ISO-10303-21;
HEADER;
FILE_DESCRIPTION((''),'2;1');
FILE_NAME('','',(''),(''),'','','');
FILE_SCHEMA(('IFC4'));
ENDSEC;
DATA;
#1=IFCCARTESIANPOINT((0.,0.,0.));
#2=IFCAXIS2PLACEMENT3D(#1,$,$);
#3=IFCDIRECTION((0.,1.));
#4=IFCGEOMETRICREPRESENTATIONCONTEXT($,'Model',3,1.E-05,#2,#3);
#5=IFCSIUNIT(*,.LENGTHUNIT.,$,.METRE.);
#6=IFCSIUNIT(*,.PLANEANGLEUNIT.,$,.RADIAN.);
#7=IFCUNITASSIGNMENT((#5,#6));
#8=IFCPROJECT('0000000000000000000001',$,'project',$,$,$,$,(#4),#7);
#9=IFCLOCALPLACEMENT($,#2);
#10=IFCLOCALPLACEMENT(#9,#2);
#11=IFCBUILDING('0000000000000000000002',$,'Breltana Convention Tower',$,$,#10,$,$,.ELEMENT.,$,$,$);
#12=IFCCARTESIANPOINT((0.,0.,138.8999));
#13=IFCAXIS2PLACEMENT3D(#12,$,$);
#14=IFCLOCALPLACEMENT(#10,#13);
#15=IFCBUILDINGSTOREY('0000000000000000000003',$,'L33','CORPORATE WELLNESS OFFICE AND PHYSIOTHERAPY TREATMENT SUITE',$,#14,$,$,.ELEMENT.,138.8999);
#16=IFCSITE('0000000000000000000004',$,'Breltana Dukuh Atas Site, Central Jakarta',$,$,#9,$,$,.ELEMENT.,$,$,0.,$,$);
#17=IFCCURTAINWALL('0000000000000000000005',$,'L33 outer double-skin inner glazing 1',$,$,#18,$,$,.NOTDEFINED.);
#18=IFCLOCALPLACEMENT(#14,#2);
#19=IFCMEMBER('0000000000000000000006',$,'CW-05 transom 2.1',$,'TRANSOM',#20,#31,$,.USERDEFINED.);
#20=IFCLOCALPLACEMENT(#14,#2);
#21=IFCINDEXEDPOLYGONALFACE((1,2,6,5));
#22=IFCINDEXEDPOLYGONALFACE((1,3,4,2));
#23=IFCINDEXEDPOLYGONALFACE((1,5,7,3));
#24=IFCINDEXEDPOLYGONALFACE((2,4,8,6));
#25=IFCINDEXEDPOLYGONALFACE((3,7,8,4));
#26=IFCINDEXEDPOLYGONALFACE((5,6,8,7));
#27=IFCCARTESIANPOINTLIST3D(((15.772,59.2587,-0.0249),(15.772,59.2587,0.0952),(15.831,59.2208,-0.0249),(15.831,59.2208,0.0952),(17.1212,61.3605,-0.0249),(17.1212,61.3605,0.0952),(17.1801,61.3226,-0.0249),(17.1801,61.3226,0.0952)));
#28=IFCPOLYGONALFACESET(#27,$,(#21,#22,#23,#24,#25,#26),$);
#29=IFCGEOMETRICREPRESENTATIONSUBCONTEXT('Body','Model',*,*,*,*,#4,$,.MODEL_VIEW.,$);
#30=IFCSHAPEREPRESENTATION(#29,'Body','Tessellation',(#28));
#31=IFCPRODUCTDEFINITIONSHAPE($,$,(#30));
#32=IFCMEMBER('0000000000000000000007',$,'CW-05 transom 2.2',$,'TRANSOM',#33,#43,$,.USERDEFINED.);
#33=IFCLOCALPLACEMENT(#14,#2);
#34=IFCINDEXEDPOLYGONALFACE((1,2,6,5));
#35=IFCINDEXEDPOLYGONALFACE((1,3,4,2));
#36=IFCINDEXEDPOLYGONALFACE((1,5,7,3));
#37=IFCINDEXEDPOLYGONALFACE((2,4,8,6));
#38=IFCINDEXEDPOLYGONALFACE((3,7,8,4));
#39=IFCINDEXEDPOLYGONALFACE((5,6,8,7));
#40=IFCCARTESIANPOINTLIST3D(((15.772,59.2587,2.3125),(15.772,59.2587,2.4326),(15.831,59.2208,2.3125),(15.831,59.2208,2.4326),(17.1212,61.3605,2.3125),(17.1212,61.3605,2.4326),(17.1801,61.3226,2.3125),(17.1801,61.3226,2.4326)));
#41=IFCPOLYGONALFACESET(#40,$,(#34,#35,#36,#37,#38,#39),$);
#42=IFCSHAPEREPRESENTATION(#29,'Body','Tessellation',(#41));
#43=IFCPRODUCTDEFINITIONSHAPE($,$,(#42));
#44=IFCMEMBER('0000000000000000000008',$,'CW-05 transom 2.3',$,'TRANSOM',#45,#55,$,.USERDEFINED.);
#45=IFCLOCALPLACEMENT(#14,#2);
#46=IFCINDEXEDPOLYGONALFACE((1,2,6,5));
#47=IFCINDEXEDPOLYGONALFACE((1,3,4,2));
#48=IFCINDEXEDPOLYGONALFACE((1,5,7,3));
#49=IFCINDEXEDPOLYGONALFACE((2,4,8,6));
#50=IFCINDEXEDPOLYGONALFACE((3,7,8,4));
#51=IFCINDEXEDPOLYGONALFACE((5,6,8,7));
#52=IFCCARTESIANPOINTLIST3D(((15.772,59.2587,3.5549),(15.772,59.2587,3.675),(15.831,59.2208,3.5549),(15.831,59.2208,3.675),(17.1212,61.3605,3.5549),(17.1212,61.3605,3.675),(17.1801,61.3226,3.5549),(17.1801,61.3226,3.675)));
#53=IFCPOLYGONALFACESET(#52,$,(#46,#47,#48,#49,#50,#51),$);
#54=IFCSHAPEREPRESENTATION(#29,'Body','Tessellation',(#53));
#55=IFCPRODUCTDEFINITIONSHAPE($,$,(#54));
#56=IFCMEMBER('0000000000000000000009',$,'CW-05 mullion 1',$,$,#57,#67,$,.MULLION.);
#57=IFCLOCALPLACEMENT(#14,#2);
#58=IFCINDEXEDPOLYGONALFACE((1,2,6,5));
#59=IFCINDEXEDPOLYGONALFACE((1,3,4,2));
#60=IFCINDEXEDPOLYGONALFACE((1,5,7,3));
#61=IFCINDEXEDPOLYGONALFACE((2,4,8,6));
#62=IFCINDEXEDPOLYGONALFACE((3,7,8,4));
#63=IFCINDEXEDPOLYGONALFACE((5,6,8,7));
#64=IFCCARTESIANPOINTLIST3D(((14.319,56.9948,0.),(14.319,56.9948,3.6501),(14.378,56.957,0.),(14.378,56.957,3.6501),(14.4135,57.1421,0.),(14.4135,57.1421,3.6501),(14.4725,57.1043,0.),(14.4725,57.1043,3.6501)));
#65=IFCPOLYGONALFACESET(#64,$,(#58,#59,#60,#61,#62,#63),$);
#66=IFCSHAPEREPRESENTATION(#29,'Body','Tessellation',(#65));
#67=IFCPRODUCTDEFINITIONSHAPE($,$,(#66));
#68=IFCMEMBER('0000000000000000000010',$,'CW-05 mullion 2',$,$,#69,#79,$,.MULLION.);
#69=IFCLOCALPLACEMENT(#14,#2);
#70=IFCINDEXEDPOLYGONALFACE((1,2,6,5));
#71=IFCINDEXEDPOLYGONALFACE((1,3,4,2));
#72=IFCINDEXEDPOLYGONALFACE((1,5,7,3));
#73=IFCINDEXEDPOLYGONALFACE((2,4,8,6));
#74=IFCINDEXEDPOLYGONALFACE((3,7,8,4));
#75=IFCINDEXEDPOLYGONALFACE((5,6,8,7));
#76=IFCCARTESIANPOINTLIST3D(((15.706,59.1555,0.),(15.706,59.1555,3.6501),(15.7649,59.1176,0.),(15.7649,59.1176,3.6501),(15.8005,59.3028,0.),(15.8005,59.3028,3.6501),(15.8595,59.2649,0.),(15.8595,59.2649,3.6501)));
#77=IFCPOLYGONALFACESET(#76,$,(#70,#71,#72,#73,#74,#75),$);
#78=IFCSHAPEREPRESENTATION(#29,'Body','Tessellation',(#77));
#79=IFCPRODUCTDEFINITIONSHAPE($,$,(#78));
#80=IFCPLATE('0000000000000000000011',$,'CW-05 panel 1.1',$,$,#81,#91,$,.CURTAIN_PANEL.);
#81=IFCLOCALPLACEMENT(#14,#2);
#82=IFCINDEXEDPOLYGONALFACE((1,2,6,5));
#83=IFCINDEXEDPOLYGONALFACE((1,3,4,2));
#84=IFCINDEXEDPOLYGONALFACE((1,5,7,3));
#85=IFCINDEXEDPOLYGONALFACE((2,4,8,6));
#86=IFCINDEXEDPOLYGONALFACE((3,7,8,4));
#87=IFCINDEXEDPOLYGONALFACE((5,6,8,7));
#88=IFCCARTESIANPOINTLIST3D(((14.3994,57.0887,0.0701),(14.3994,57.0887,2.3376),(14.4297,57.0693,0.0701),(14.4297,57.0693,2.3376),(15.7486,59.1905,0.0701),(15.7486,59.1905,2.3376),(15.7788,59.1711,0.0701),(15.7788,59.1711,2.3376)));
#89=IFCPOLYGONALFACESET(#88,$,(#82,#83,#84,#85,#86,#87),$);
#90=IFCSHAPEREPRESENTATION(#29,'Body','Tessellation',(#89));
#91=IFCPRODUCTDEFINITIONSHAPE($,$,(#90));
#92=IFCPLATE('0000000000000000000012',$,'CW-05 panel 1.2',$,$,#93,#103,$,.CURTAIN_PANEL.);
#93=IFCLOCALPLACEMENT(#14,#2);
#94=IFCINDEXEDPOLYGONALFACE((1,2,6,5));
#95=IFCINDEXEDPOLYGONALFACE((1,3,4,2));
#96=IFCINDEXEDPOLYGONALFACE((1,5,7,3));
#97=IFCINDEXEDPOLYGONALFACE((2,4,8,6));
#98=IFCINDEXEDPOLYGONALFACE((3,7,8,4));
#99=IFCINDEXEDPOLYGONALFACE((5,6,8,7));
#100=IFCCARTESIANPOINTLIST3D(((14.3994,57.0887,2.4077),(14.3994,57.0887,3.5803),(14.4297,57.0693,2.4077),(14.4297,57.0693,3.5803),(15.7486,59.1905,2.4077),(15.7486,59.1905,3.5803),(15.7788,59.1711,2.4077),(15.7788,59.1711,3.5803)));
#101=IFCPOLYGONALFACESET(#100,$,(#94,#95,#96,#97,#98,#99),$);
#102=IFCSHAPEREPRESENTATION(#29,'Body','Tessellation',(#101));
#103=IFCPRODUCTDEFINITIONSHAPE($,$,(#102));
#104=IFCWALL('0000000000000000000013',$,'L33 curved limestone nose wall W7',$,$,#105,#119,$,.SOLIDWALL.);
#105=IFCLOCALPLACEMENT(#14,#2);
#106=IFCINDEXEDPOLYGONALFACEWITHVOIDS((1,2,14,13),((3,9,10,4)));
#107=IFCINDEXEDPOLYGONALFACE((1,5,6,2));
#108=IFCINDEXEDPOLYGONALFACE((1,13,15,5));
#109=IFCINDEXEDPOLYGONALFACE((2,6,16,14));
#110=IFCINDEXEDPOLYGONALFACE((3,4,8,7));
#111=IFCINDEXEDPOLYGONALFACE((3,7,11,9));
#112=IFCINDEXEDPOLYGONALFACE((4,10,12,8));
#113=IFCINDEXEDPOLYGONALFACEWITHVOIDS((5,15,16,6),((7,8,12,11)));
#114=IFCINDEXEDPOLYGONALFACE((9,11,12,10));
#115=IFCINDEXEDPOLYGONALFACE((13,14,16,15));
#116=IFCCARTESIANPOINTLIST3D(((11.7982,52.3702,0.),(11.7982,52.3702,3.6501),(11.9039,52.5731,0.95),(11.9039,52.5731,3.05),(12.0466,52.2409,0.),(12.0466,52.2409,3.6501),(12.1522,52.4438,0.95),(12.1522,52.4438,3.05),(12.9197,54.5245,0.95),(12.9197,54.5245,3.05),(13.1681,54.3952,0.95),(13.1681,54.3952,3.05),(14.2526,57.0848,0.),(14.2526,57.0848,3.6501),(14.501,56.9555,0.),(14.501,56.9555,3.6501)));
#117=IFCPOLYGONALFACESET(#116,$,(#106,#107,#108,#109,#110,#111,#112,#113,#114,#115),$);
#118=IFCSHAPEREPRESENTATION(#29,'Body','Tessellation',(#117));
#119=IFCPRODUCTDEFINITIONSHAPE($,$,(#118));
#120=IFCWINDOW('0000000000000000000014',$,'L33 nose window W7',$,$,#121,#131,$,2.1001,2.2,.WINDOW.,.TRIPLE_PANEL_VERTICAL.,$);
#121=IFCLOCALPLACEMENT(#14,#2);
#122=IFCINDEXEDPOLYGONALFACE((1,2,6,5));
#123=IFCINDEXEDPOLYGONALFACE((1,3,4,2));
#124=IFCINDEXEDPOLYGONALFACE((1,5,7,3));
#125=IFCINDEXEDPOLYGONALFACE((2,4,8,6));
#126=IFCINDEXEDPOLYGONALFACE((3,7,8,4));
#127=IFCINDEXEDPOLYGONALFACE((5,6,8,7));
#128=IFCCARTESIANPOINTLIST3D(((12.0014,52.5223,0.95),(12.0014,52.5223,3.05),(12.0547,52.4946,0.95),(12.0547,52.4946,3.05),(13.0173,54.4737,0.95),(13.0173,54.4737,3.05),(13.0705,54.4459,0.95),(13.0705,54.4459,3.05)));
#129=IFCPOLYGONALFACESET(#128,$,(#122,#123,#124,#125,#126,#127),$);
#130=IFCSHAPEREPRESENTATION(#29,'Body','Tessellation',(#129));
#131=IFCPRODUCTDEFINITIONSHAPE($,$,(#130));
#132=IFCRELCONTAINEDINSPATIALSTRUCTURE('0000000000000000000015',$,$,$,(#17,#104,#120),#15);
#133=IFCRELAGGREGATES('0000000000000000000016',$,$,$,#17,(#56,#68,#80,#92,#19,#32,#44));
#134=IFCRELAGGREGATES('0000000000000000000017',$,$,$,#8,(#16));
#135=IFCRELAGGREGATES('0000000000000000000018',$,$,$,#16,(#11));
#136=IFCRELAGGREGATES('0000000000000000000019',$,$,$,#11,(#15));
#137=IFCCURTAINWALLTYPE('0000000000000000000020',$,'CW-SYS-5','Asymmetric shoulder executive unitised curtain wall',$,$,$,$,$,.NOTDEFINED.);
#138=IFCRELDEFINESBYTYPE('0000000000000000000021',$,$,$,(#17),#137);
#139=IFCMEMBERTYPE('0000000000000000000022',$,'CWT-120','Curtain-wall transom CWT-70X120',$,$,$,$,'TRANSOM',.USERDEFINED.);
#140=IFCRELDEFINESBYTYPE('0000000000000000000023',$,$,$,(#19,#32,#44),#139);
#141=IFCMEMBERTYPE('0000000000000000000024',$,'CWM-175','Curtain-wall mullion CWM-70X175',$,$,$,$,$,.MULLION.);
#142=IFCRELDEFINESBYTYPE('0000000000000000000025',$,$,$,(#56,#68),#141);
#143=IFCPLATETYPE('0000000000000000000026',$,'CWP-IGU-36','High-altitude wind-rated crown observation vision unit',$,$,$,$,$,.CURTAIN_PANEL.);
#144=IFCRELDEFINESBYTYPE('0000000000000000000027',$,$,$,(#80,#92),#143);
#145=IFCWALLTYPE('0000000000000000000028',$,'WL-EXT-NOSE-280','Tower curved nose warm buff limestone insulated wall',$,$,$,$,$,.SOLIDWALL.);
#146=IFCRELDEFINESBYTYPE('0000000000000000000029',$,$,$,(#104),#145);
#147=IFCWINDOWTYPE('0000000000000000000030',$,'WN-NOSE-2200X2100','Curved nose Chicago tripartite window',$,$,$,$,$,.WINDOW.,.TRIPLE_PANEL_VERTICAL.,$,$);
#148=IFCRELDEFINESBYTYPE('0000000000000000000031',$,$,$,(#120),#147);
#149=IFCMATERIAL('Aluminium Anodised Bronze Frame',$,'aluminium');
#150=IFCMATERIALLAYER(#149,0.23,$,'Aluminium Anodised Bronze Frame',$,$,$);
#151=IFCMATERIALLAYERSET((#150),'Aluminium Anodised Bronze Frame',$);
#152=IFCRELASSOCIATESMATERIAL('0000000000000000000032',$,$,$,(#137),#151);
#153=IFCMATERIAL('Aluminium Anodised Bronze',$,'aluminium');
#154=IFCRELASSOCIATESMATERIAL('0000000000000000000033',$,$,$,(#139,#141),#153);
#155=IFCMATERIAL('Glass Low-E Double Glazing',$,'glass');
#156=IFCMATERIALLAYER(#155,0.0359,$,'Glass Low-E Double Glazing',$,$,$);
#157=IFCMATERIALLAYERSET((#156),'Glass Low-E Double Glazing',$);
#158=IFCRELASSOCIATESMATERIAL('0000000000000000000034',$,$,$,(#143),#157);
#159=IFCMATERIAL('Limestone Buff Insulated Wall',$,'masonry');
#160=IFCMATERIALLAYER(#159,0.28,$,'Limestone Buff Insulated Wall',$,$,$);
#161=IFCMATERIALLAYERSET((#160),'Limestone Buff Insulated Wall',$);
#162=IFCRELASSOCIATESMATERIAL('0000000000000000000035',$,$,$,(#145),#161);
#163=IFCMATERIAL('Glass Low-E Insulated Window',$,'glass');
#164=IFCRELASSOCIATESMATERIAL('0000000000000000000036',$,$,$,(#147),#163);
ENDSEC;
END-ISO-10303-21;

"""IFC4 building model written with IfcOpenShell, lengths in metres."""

from ifc_helpers import new_model, si_unit, direction, frame, frame_2d, origin, origin_2d, place, context, subcontext, project, spatial, rectangle, extrude, source, transform, mapped, material, layer, layer_set, material_profile, profile_set, type_object, type_shapes, element, fill, aggregate, save


model = new_model("IFC4")

# Units and contexts
model_context = context("Model", 3, precision=1e-05, world=origin(), true_north=direction((0.0, 1.0)))
body_context = subcontext(model_context, "Body", "Model", "MODEL_VIEW")
ifc_project = project(units=[si_unit("LENGTHUNIT", "METRE"), si_unit("PLANEANGLEUNIT", "RADIAN")], contexts=[model_context])

# Site, building, storey
site_placement = place(None, origin())
site = spatial("IfcSite", under=ifc_project, at=site_placement, Name="Breltana Dukuh Atas Site, Central Jakarta", CompositionType="ELEMENT", RefElevation=0.0)
building_placement = place(site_placement, origin())
building = spatial("IfcBuilding", under=site, at=building_placement, Name="Breltana Convention Tower", CompositionType="ELEMENT")
storey_placement = place(building_placement, frame((0.0, 0.0, 138.8999)))
storey = spatial("IfcBuildingStorey", under=building, at=storey_placement, Name="L33", Description="CORPORATE WELLNESS OFFICE AND PHYSIOTHERAPY TREATMENT SUITE", CompositionType="ELEMENT", Elevation=138.8999)

# Curtain wall, members, plates
ifc_material_1 = material(Name="Aluminium Anodised Bronze Frame", Category="aluminium")
ifc_layer_1 = layer(ifc_material_1, 0.23, Name="Aluminium Anodised Bronze Frame")
ifc_layer_set_1 = layer_set([ifc_layer_1], Name="Aluminium Anodised Bronze Frame")
curtain_wall_type = type_object("IfcCurtainWallType", Name="CW-SYS-5", Description="Asymmetric shoulder executive unitised curtain wall", PredefinedType="NOTDEFINED", material=ifc_layer_set_1)
curtain_wall_placement = place(storey_placement, origin())
curtain_wall = element("IfcCurtainWall", 1, at=curtain_wall_placement, inside=storey, type_object=curtain_wall_type, Name="L33 outer double-skin inner glazing 1", PredefinedType="NOTDEFINED")
ifc_material_2 = material(Name="Aluminium Anodised Bronze", Category="aluminium")
ifc_material_profile_1 = material_profile(ifc_material_2, rectangle(XDim=0.0701, YDim=0.1201, at=origin_2d()), Name="CWT-70X120")
ifc_profile_set_1 = profile_set([ifc_material_profile_1], Name="Aluminium Anodised Bronze")
member_type_1 = type_object("IfcMemberType", Name="CWT-120", Description="Curtain-wall transom CWT-70X120", ElementType="TRANSOM", PredefinedType="USERDEFINED", material=ifc_profile_set_1)
shared_shape_1 = source(origin(), body_context, "Body", "SweptSolid", [
    extrude(rectangle(XDim=0.0701, YDim=0.1201, at=origin_2d()), origin(), (0.0, 0.0, 1.0), 2.4976),
])
member_1_placement = place(storey_placement, frame((15.8015, 59.2397, 0.0352), z_axis=(0.540179, 0.84155, 0.0), x_axis=(-0.84155, 0.540179, 0.0)))
member_1 = element("IfcMember", 2, at=member_1_placement, type_object=member_type_1, Name="CW-05 transom 2.1", ObjectType="TRANSOM", PredefinedType="USERDEFINED", context=body_context, shape_type="MappedRepresentation", body=[
    mapped(shared_shape_1, transform((0.0, 0.0, 0.0), scale=1.0)),
])
member_2_placement = place(storey_placement, frame((15.8015, 59.2397, 2.3726), z_axis=(0.540179, 0.84155, 0.0), x_axis=(-0.84155, 0.540179, 0.0)))
member_2 = element("IfcMember", 3, at=member_2_placement, type_object=member_type_1, Name="CW-05 transom 2.2", ObjectType="TRANSOM", PredefinedType="USERDEFINED", context=body_context, shape_type="MappedRepresentation", body=[
    mapped(shared_shape_1, transform((0.0, 0.0, 0.0), scale=1.0)),
])
member_3_placement = place(storey_placement, frame((15.8015, 59.2397, 3.615), z_axis=(0.540179, 0.84155, 0.0), x_axis=(-0.84155, 0.540179, 0.0)))
member_3 = element("IfcMember", 4, at=member_3_placement, type_object=member_type_1, Name="CW-05 transom 2.3", ObjectType="TRANSOM", PredefinedType="USERDEFINED", context=body_context, shape_type="MappedRepresentation", body=[
    mapped(shared_shape_1, transform((0.0, 0.0, 0.0), scale=1.0)),
])
ifc_material_profile_2 = material_profile(ifc_material_2, rectangle(XDim=0.0701, YDim=0.175, at=origin_2d()), Name="CWM-70X175")
ifc_profile_set_2 = profile_set([ifc_material_profile_2], Name="Aluminium Anodised Bronze")
member_type_2 = type_object("IfcMemberType", Name="CWM-175", Description="Curtain-wall mullion CWM-70X175", PredefinedType="MULLION", material=ifc_profile_set_2)
shared_shape_2 = source(origin(), body_context, "Body", "SweptSolid", [
    extrude(rectangle(XDim=0.0701, YDim=0.175, at=origin_2d()), origin(), (0.0, 0.0, 1.0), 3.6501),
])
member_4_placement = place(storey_placement, frame((14.3958, 57.0496, 0.0), z_axis=(0.0, 0.0, 1.0), x_axis=(-0.841552, 0.540177, 0.0)))
member_4 = element("IfcMember", 5, at=member_4_placement, type_object=member_type_2, Name="CW-05 mullion 1", PredefinedType="MULLION", context=body_context, shape_type="MappedRepresentation", body=[
    mapped(shared_shape_2, transform((0.0, 0.0, 0.0), scale=1.0)),
])
member_5_placement = place(storey_placement, frame((15.7827, 59.2102, 0.0), z_axis=(0.0, 0.0, 1.0), x_axis=(-0.841552, 0.540177, 0.0)))
member_5 = element("IfcMember", 6, at=member_5_placement, type_object=member_type_2, Name="CW-05 mullion 2", PredefinedType="MULLION", context=body_context, shape_type="MappedRepresentation", body=[
    mapped(shared_shape_2, transform((0.0, 0.0, 0.0), scale=1.0)),
])
ifc_material_3 = material(Name="Glass Low-E Double Glazing", Category="glass")
ifc_layer_2 = layer(ifc_material_3, 0.0359, Name="Glass Low-E Double Glazing")
ifc_layer_set_2 = layer_set([ifc_layer_2], Name="Glass Low-E Double Glazing")
plate_type = type_object("IfcPlateType", Name="CWP-IGU-36", Description="High-altitude wind-rated crown observation vision unit", PredefinedType="CURTAIN_PANEL", material=ifc_layer_set_2)
shared_shape_3 = source(origin(), body_context, "Body", "SweptSolid", [
    extrude(rectangle(XDim=2.4976, YDim=0.0359, at=origin_2d()), origin(), (0.0, 0.0, 1.0), 2.2676),
])
plate_1_placement = place(storey_placement, frame((15.0891, 58.1299, 0.0701), z_axis=(0.0, 0.0, 1.0), x_axis=(0.540177, 0.841552, 0.0)))
plate_1 = element("IfcPlate", 7, at=plate_1_placement, type_object=plate_type, Name="CW-05 panel 1.1", PredefinedType="CURTAIN_PANEL", context=body_context, shape_type="MappedRepresentation", body=[
    mapped(shared_shape_3, transform((0.0, 0.0, 0.0), scale=1.0)),
])
shared_shape_4 = source(origin(), body_context, "Body", "SweptSolid", [
    extrude(rectangle(XDim=2.4976, YDim=0.0359, at=origin_2d()), origin(), (0.0, 0.0, 1.0), 1.1726),
])
plate_2_placement = place(storey_placement, frame((15.0891, 58.1299, 2.4077), z_axis=(0.0, 0.0, 1.0), x_axis=(0.540177, 0.841552, 0.0)))
plate_2 = element("IfcPlate", 8, at=plate_2_placement, type_object=plate_type, Name="CW-05 panel 1.2", PredefinedType="CURTAIN_PANEL", context=body_context, shape_type="MappedRepresentation", body=[
    mapped(shared_shape_4, transform((0.0, 0.0, 0.0), scale=1.0)),
])
aggregate(curtain_wall, [member_4, member_5, plate_1, plate_2, member_1, member_2, member_3])

# Wall, opening, window
ifc_material_4 = material(Name="Limestone Buff Insulated Wall", Category="masonry")
ifc_layer_3 = layer(ifc_material_4, 0.28, Name="Limestone Buff Insulated Wall")
ifc_layer_set_3 = layer_set([ifc_layer_3], Name="Limestone Buff Insulated Wall")
wall_type = type_object("IfcWallType", Name="WL-EXT-NOSE-280", Description="Tower curved nose warm buff limestone insulated wall", PredefinedType="SOLIDWALL", material=ifc_layer_set_3)
shared_shape_5 = source(origin(), body_context, "Body", "SweptSolid", [
    extrude(rectangle(XDim=5.3152, YDim=0.28, at=frame_2d((2.6577, 0.0))), origin(), (0.0, 0.0, 1.0), 3.6501),
])
wall_placement = place(storey_placement, frame((11.9224, 52.3054, 0.0), z_axis=(0.0, 0.0, 1.0), x_axis=(0.461761, 0.887005, 0.0)))
wall = element("IfcWall", 9, at=wall_placement, inside=storey, type_object=wall_type, Name="L33 curved limestone nose wall W7", PredefinedType="SOLIDWALL", context=body_context, shape_type="MappedRepresentation", body=[
    mapped(shared_shape_5, transform((0.0, 0.0, 0.0), scale=1.0)),
])
opening_placement = place(wall_placement, frame((0.2288, 0.0, 0.95)))
opening = element("IfcOpeningElement", 10, at=opening_placement, cuts=wall, PredefinedType="OPENING", context=body_context, shape_type="SweptSolid", body=[
    extrude(rectangle(XDim=2.2, YDim=2.1001, at=frame_2d((1.1001, 1.05))), frame((0.0, 0.1499, 0.0), z_axis=(0.0, -1.0, 0.0), x_axis=(1.0, 0.0, 0.0)), (0.0, 0.0, 1.0), 0.3),
])
ifc_material_5 = material(Name="Glass Low-E Insulated Window", Category="glass")
window_type = type_object("IfcWindowType", Name="WN-NOSE-2200X2100", Description="Curved nose Chicago tripartite window", PartitioningType="TRIPLE_PANEL_VERTICAL", PredefinedType="WINDOW", material=ifc_material_5)
shared_shape_6 = source(origin(), body_context, "Body", "SweptSolid", [
    extrude(rectangle(XDim=2.2, YDim=2.1001, at=frame_2d((1.1001, 1.05))), frame((0.0, 0.03, 0.0), z_axis=(0.0, -1.0, 0.0), x_axis=(1.0, 0.0, 0.0)), (0.0, 0.0, 1.0), 0.0601),
])
type_shapes(window_type, [shared_shape_6])
window_placement = place(opening_placement, origin())
window = element("IfcWindow", 11, at=window_placement, inside=storey, type_object=window_type, Name="L33 nose window W7", OverallHeight=2.1001, OverallWidth=2.2, PartitioningType="TRIPLE_PANEL_VERTICAL", PredefinedType="WINDOW", context=body_context, shape_type="MappedRepresentation", body=[
    mapped(shared_shape_6, transform((0.0, 0.0, 0.0), scale=1.0)),
])
fill(opening, window)

save(model, "model.ifc")
